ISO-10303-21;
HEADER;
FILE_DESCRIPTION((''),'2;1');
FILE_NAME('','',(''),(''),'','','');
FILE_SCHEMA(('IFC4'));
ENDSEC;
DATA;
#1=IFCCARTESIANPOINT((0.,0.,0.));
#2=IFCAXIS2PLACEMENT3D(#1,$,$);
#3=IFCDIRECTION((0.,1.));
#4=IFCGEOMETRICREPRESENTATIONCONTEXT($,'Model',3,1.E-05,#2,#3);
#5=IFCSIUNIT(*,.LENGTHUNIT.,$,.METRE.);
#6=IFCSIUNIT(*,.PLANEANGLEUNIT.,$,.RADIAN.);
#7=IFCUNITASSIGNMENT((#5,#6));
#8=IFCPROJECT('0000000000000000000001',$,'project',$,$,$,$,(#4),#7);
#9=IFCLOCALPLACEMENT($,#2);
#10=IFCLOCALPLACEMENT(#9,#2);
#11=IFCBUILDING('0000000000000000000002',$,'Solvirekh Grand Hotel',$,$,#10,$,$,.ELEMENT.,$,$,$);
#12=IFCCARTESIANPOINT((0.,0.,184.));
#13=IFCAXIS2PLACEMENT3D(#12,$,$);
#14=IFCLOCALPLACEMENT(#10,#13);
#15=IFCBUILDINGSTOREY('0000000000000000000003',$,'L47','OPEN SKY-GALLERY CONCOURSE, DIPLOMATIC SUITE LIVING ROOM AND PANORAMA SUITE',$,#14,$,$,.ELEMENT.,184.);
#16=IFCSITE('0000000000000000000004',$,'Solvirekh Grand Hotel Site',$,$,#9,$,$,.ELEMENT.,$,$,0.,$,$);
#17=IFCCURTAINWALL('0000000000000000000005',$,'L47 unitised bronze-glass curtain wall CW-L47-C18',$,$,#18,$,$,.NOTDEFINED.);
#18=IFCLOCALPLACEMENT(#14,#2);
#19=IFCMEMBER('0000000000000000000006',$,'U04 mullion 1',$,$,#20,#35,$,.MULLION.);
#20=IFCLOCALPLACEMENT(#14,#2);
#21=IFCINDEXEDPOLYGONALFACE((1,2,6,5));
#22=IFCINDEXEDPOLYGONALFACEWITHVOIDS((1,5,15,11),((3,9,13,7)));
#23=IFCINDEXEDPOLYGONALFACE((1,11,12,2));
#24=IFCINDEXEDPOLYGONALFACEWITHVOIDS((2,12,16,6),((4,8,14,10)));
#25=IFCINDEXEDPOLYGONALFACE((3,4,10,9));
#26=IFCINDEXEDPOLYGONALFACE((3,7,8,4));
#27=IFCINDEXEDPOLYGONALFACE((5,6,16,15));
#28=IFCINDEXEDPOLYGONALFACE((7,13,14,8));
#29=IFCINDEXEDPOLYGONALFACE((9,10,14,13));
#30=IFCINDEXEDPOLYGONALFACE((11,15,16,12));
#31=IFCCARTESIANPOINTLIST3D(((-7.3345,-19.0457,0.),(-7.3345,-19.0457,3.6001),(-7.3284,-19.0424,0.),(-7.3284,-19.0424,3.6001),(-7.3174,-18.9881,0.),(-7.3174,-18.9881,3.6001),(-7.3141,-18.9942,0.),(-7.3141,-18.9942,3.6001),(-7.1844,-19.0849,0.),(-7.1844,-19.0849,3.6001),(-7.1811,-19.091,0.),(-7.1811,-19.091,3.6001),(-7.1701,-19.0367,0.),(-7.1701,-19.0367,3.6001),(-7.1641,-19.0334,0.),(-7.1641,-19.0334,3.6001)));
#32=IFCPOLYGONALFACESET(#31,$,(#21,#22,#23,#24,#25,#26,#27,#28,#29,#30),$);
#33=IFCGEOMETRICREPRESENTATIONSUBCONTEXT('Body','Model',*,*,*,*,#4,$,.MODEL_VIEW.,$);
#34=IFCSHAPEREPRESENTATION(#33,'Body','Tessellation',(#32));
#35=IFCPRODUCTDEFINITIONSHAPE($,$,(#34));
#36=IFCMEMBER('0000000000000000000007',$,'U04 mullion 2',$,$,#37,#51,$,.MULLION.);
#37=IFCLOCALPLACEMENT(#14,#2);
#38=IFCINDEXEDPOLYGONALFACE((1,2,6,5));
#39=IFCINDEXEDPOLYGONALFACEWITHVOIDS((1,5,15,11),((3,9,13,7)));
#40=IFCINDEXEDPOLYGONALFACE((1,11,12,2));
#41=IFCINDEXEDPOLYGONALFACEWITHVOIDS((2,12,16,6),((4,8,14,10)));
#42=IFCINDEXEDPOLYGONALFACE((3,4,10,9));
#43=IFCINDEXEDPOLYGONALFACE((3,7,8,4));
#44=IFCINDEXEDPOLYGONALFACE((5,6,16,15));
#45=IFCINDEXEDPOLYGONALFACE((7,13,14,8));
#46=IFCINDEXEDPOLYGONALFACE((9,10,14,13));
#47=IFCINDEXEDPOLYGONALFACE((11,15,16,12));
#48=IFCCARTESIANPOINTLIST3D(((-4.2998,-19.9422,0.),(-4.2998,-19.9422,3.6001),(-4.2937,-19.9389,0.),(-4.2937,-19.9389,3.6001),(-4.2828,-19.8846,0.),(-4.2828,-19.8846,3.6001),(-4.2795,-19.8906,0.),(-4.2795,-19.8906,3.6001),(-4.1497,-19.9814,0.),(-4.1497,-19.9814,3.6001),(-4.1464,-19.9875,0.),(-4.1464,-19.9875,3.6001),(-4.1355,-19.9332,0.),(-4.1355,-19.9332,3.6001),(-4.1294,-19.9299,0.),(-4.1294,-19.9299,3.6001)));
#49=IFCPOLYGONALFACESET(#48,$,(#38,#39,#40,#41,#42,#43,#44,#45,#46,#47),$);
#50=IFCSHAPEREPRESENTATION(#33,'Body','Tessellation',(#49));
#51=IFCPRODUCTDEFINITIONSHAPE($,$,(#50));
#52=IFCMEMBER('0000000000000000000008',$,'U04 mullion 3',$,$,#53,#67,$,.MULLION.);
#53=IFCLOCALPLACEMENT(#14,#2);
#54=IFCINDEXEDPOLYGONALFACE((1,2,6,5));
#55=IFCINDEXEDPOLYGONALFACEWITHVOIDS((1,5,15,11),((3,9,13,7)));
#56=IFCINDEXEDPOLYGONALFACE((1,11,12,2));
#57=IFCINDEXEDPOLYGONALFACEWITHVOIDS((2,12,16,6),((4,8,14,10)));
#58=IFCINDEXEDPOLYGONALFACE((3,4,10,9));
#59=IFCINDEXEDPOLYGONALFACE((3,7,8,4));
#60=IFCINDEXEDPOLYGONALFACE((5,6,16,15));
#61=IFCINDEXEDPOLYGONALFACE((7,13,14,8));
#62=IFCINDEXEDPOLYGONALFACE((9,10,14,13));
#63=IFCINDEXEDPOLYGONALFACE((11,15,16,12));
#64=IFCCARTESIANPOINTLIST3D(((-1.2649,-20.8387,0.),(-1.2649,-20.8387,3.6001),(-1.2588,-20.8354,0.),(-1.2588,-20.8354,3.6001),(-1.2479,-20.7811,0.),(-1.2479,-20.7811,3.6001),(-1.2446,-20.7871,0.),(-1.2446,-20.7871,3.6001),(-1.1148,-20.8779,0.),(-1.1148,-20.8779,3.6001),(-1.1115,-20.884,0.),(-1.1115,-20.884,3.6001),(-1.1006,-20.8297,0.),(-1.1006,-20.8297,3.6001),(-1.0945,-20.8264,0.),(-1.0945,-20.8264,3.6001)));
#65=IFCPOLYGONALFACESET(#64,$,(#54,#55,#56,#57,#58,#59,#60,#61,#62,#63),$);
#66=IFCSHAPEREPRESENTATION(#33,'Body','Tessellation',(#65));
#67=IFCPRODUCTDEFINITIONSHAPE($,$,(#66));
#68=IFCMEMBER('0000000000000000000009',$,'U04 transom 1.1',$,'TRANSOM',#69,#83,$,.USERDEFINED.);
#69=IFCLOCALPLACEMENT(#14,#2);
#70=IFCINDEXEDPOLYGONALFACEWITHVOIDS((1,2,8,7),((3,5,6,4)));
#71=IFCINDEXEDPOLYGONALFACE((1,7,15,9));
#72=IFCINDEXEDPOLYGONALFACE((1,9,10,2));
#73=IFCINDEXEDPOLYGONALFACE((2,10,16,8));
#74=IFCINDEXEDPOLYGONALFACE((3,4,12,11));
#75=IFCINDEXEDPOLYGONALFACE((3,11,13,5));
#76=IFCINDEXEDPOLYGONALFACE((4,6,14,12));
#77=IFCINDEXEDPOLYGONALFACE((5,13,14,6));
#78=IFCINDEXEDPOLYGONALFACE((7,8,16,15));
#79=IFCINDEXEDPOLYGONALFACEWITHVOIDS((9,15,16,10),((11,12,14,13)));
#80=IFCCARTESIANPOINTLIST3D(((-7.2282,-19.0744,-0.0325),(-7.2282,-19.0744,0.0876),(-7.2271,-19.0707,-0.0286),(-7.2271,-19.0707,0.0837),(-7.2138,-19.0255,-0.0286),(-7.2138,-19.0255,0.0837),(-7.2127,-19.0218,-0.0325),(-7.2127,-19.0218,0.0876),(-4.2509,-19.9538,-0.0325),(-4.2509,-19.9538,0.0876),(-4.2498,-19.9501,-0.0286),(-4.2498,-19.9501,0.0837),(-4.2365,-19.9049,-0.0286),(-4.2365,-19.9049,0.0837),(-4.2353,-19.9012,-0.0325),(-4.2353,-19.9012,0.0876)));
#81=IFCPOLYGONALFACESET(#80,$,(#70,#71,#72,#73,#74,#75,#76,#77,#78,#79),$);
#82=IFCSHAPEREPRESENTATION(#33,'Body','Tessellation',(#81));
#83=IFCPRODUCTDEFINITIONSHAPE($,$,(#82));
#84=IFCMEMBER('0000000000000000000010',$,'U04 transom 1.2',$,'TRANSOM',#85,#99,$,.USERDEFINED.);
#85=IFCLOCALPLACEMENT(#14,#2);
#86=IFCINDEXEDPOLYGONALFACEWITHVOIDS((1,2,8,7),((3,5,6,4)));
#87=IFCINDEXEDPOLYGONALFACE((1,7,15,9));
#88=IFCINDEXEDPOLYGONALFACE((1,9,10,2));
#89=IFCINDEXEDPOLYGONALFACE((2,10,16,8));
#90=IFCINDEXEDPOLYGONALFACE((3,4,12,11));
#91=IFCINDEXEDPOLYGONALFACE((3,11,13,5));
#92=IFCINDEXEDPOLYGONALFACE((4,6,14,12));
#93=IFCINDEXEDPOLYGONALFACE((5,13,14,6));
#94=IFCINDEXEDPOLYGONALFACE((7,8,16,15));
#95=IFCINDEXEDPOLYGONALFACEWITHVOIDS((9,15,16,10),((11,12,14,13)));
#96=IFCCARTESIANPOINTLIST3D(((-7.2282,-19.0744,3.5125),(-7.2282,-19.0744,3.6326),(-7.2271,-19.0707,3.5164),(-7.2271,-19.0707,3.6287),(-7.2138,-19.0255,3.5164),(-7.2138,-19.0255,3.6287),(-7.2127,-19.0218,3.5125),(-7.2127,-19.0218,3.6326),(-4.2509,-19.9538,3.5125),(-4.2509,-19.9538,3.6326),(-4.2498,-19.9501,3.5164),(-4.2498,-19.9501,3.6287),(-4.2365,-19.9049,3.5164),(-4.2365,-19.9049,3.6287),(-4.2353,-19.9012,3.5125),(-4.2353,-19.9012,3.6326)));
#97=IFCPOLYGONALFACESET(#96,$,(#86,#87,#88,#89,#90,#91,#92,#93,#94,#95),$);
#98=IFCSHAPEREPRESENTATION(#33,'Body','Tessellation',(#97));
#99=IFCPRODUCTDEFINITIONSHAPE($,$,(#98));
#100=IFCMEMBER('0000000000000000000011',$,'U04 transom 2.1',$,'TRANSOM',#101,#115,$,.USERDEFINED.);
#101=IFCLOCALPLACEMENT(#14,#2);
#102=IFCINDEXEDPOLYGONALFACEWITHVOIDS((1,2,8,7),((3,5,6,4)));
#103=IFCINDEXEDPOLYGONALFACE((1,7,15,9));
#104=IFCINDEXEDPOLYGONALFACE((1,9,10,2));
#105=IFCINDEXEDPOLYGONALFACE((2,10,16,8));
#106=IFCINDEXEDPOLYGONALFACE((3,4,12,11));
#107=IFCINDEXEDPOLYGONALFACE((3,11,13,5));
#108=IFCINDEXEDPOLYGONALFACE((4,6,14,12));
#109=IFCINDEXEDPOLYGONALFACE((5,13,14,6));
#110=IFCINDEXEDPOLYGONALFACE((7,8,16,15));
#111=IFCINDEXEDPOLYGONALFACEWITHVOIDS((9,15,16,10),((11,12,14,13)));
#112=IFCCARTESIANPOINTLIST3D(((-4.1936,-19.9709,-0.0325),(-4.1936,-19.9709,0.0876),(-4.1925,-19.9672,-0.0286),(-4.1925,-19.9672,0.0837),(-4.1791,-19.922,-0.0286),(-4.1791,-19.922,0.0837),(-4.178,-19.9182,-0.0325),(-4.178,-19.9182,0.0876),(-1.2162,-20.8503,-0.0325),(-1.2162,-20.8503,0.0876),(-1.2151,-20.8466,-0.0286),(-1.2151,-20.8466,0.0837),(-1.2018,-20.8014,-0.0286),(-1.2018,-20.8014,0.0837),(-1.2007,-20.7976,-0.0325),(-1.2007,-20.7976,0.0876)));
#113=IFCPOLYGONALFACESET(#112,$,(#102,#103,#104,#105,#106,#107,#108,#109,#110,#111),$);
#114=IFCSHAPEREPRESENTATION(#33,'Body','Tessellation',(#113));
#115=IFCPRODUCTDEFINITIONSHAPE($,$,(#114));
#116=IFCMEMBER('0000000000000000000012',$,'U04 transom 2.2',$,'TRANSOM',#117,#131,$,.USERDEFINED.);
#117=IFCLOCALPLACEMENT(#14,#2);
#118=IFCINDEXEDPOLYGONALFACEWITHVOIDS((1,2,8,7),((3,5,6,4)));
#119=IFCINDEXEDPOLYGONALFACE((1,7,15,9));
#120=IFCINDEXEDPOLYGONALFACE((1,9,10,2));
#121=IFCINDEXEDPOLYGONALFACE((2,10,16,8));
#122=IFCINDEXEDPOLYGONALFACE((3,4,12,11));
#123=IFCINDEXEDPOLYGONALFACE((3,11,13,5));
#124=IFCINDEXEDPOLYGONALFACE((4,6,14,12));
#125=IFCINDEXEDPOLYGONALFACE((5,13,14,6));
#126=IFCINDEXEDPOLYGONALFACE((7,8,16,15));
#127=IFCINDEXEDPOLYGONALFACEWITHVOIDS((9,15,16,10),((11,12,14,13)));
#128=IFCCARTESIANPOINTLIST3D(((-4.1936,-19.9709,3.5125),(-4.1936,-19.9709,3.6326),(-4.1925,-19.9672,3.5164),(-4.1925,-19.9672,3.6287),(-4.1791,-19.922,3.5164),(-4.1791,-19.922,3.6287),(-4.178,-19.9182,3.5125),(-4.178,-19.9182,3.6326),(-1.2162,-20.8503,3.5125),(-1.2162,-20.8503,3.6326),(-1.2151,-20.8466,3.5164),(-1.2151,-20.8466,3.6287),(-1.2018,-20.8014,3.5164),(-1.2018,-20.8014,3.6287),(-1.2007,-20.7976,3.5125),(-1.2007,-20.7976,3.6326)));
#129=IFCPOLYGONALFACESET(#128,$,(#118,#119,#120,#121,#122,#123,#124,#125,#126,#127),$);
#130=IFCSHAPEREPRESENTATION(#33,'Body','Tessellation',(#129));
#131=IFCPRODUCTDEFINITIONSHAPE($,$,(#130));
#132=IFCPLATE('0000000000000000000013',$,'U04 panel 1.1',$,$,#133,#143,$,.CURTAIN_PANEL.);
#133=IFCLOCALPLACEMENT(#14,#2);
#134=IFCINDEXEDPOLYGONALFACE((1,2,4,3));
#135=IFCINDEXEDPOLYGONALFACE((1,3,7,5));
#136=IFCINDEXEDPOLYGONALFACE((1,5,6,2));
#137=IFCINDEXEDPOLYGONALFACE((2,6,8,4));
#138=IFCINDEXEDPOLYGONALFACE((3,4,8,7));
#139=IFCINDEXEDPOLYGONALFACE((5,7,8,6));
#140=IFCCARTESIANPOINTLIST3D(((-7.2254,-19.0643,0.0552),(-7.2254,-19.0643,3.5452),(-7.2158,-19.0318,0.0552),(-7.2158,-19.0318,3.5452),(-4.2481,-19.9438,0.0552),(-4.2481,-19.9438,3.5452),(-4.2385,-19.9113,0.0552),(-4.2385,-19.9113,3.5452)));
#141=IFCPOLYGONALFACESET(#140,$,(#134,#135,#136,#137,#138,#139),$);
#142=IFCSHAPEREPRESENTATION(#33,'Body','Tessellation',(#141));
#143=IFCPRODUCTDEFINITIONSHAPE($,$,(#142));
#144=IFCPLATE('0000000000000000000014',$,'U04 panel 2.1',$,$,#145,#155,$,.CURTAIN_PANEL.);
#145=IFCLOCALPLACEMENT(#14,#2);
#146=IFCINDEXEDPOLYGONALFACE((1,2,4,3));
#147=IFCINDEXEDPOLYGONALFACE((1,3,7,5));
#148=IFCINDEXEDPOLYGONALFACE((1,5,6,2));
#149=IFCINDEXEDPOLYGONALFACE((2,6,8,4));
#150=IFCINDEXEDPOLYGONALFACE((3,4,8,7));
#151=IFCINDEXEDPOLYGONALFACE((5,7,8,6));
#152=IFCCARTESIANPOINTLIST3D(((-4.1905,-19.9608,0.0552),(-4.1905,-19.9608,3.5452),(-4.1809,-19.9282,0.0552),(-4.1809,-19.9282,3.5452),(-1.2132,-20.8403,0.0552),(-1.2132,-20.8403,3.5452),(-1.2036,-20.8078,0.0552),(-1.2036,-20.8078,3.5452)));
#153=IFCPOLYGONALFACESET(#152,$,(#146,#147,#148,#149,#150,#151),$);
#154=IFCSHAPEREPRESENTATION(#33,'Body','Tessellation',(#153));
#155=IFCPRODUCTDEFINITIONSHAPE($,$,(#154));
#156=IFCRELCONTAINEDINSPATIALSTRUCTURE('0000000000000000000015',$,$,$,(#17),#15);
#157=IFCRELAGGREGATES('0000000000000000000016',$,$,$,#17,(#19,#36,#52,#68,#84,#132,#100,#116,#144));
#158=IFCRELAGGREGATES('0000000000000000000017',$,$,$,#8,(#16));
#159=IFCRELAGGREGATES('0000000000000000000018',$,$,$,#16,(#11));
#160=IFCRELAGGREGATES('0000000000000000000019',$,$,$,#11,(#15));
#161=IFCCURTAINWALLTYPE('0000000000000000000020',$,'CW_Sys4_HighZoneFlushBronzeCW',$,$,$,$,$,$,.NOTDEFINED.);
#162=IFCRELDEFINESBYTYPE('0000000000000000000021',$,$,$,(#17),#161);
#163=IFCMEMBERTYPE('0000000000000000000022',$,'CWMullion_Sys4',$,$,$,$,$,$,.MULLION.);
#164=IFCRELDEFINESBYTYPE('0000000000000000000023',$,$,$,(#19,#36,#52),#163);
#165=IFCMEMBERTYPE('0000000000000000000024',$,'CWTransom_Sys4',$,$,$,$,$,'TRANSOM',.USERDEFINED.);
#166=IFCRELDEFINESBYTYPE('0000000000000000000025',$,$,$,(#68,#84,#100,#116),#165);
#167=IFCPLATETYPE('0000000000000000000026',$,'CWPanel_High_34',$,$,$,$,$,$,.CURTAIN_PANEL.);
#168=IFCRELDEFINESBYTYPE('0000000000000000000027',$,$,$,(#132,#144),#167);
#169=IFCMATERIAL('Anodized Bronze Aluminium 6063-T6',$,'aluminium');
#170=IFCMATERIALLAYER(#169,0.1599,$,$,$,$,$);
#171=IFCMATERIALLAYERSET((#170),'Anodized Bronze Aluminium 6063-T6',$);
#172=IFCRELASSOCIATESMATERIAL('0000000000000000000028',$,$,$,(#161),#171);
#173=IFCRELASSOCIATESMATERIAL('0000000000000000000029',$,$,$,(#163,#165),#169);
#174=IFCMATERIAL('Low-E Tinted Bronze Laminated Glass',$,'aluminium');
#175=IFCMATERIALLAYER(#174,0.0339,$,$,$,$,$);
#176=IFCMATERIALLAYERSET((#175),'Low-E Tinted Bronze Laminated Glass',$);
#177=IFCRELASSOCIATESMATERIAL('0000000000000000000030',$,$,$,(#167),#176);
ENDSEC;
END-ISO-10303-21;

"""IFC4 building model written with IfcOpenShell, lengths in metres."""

from ifc_helpers import new_model, si_unit, direction, frame, origin, origin_2d, place, context, subcontext, project, spatial, rectangle, hollow_rectangle, extrude, source, transform, mapped, material, layer, layer_set, material_profile, profile_set, type_object, element, aggregate, save


model = new_model("IFC4")

# Units and contexts
model_context = context("Model", 3, precision=1e-05, world=origin(), true_north=direction((0.0, 1.0)))
body_context = subcontext(model_context, "Body", "Model", "MODEL_VIEW")
ifc_project = project(units=[si_unit("LENGTHUNIT", "METRE"), si_unit("PLANEANGLEUNIT", "RADIAN")], contexts=[model_context])

# Site, building, storey
site_placement = place(None, origin())
site = spatial("IfcSite", under=ifc_project, at=site_placement, Name="Solvirekh Grand Hotel Site", CompositionType="ELEMENT", RefElevation=0.0)
building_placement = place(site_placement, origin())
building = spatial("IfcBuilding", under=site, at=building_placement, Name="Solvirekh Grand Hotel", CompositionType="ELEMENT")
storey_placement = place(building_placement, frame((0.0, 0.0, 184.0)))
storey = spatial("IfcBuildingStorey", under=building, at=storey_placement, Name="L47", Description="OPEN SKY-GALLERY CONCOURSE, DIPLOMATIC SUITE LIVING ROOM AND PANORAMA SUITE", CompositionType="ELEMENT", Elevation=184.0)

# Curtain wall, members, plates
ifc_material_1 = material(Name="Anodized Bronze Aluminium 6063-T6", Category="aluminium")
ifc_layer_1 = layer(ifc_material_1, 0.1599)
ifc_layer_set_1 = layer_set([ifc_layer_1], Name="Anodized Bronze Aluminium 6063-T6")
curtain_wall_type = type_object("IfcCurtainWallType", Name="CW_Sys4_HighZoneFlushBronzeCW", PredefinedType="NOTDEFINED", material=ifc_layer_set_1)
curtain_wall_placement = place(storey_placement, origin())
curtain_wall = element("IfcCurtainWall", 1, at=curtain_wall_placement, inside=storey, type_object=curtain_wall_type, Name="L47 unitised bronze-glass curtain wall CW-L47-C18", PredefinedType="NOTDEFINED")
ifc_material_profile_1 = material_profile(ifc_material_1, hollow_rectangle(XDim=0.0601, YDim=0.1599, WallThickness=0.0049, at=origin_2d()), Name="ALU RHS 160X60X5")
ifc_profile_set_1 = profile_set([ifc_material_profile_1], Name="Anodized Bronze Aluminium 6063-T6")
member_type_1 = type_object("IfcMemberType", Name="CWMullion_Sys4", PredefinedType="MULLION", material=ifc_profile_set_1)
shared_shape_1 = source(origin(), body_context, "Body", "SweptSolid", [
    extrude(hollow_rectangle(XDim=0.0601, YDim=0.1599, WallThickness=0.0049, at=origin_2d()), origin(), (0.0, 0.0, 1.0), 3.6001),
])
member_1_placement = place(storey_placement, frame((-7.2493, -19.0396, 0.0), z_axis=(0.0, 0.0, 1.0), x_axis=(0.28331, 0.959028, 0.0)))
member_1 = element("IfcMember", 2, at=member_1_placement, type_object=member_type_1, Name="U04 mullion 1", PredefinedType="MULLION", context=body_context, shape_type="MappedRepresentation", body=[
    mapped(shared_shape_1, transform((0.0, 0.0, 0.0), x_axis=(1.0, 0.0, 0.0), y_axis=(0.0, 1.0, 0.0), z_axis=(0.0, 0.0, 1.0), scale=1.0)),
])
member_2_placement = place(storey_placement, frame((-4.2146, -19.936, 0.0), z_axis=(0.0, 0.0, 1.0), x_axis=(0.28331, 0.959028, 0.0)))
member_2 = element("IfcMember", 3, at=member_2_placement, type_object=member_type_1, Name="U04 mullion 2", PredefinedType="MULLION", context=body_context, shape_type="MappedRepresentation", body=[
    mapped(shared_shape_1, transform((0.0, 0.0, 0.0), x_axis=(1.0, 0.0, 0.0), y_axis=(0.0, 1.0, 0.0), z_axis=(0.0, 0.0, 1.0), scale=1.0)),
])
member_3_placement = place(storey_placement, frame((-1.1797, -20.8325, 0.0), z_axis=(0.0, 0.0, 1.0), x_axis=(0.28331, 0.959028, 0.0)))
member_3 = element("IfcMember", 4, at=member_3_placement, type_object=member_type_1, Name="U04 mullion 3", PredefinedType="MULLION", context=body_context, shape_type="MappedRepresentation", body=[
    mapped(shared_shape_1, transform((0.0, 0.0, 0.0), x_axis=(1.0, 0.0, 0.0), y_axis=(0.0, 1.0, 0.0), z_axis=(0.0, 0.0, 1.0), scale=1.0)),
])
ifc_material_profile_2 = material_profile(ifc_material_1, hollow_rectangle(XDim=0.0549, YDim=0.1201, WallThickness=0.0039, at=origin_2d()), Name="ALU RHS 120X55X4")
ifc_profile_set_2 = profile_set([ifc_material_profile_2], Name="Anodized Bronze Aluminium 6063-T6")
member_type_2 = type_object("IfcMemberType", Name="CWTransom_Sys4", ElementType="TRANSOM", PredefinedType="USERDEFINED", material=ifc_profile_set_2)
shared_shape_2 = source(origin(), body_context, "Body", "SweptSolid", [
    extrude(hollow_rectangle(XDim=0.0549, YDim=0.1201, WallThickness=0.0039, at=origin_2d()), origin(), (0.0, 0.0, 1.0), 3.1045),
])
member_4_placement = place(storey_placement, frame((-7.2205, -19.0481, 0.0276), z_axis=(0.959041, -0.283269, 0.0), x_axis=(0.283269, 0.959041, 0.0)))
member_4 = element("IfcMember", 5, at=member_4_placement, type_object=member_type_2, Name="U04 transom 1.1", ObjectType="TRANSOM", PredefinedType="USERDEFINED", context=body_context, shape_type="MappedRepresentation", body=[
    mapped(shared_shape_2, transform((0.0, 0.0, 0.0), x_axis=(1.0, 0.0, 0.0), y_axis=(0.0, 1.0, 0.0), z_axis=(0.0, 0.0, 1.0), scale=1.0)),
])
member_5_placement = place(storey_placement, frame((-7.2205, -19.0481, 3.5725), z_axis=(0.959041, -0.283269, 0.0), x_axis=(0.283269, 0.959041, 0.0)))
member_5 = element("IfcMember", 6, at=member_5_placement, type_object=member_type_2, Name="U04 transom 1.2", ObjectType="TRANSOM", PredefinedType="USERDEFINED", context=body_context, shape_type="MappedRepresentation", body=[
    mapped(shared_shape_2, transform((0.0, 0.0, 0.0), x_axis=(1.0, 0.0, 0.0), y_axis=(0.0, 1.0, 0.0), z_axis=(0.0, 0.0, 1.0), scale=1.0)),
])
member_6_placement = place(storey_placement, frame((-4.1858, -19.9446, 0.0276), z_axis=(0.959041, -0.283269, 0.0), x_axis=(0.283269, 0.959041, 0.0)))
member_6 = element("IfcMember", 7, at=member_6_placement, type_object=member_type_2, Name="U04 transom 2.1", ObjectType="TRANSOM", PredefinedType="USERDEFINED", context=body_context, shape_type="MappedRepresentation", body=[
    mapped(shared_shape_2, transform((0.0, 0.0, 0.0), x_axis=(1.0, 0.0, 0.0), y_axis=(0.0, 1.0, 0.0), z_axis=(0.0, 0.0, 1.0), scale=1.0)),
])
member_7_placement = place(storey_placement, frame((-4.1858, -19.9446, 3.5725), z_axis=(0.959041, -0.283269, 0.0), x_axis=(0.283269, 0.959041, 0.0)))
member_7 = element("IfcMember", 8, at=member_7_placement, type_object=member_type_2, Name="U04 transom 2.2", ObjectType="TRANSOM", PredefinedType="USERDEFINED", context=body_context, shape_type="MappedRepresentation", body=[
    mapped(shared_shape_2, transform((0.0, 0.0, 0.0), x_axis=(1.0, 0.0, 0.0), y_axis=(0.0, 1.0, 0.0), z_axis=(0.0, 0.0, 1.0), scale=1.0)),
])
ifc_material_2 = material(Name="Low-E Tinted Bronze Laminated Glass", Category="aluminium")
ifc_layer_2 = layer(ifc_material_2, 0.0339)
ifc_layer_set_2 = layer_set([ifc_layer_2], Name="Low-E Tinted Bronze Laminated Glass")
plate_type = type_object("IfcPlateType", Name="CWPanel_High_34", PredefinedType="CURTAIN_PANEL", material=ifc_layer_set_2)
shared_shape_3 = source(origin(), body_context, "Body", "SweptSolid", [
    extrude(rectangle(XDim=3.1045, YDim=0.0339, at=origin_2d()), origin(), (0.0, 0.0, 1.0), 3.49),
])
plate_1_placement = place(storey_placement, frame((-5.7319, -19.4878, 0.0552), z_axis=(0.0, 0.0, 1.0), x_axis=(0.959028, -0.28331, 0.0)))
plate_1 = element("IfcPlate", 9, at=plate_1_placement, type_object=plate_type, Name="U04 panel 1.1", PredefinedType="CURTAIN_PANEL", context=body_context, shape_type="MappedRepresentation", body=[
    mapped(shared_shape_3, transform((0.0, 0.0, 0.0), x_axis=(1.0, 0.0, 0.0), y_axis=(0.0, 1.0, 0.0), z_axis=(0.0, 0.0, 1.0), scale=1.0)),
])
plate_2_placement = place(storey_placement, frame((-2.697, -20.3843, 0.0552), z_axis=(0.0, 0.0, 1.0), x_axis=(0.959028, -0.28331, 0.0)))
plate_2 = element("IfcPlate", 10, at=plate_2_placement, type_object=plate_type, Name="U04 panel 2.1", PredefinedType="CURTAIN_PANEL", context=body_context, shape_type="MappedRepresentation", body=[
    mapped(shared_shape_3, transform((0.0, 0.0, 0.0), x_axis=(1.0, 0.0, 0.0), y_axis=(0.0, 1.0, 0.0), z_axis=(0.0, 0.0, 1.0), scale=1.0)),
])
aggregate(curtain_wall, [member_1, member_2, member_3, member_4, member_5, plate_1, member_6, member_7, plate_2])

save(model, "model.ifc")
